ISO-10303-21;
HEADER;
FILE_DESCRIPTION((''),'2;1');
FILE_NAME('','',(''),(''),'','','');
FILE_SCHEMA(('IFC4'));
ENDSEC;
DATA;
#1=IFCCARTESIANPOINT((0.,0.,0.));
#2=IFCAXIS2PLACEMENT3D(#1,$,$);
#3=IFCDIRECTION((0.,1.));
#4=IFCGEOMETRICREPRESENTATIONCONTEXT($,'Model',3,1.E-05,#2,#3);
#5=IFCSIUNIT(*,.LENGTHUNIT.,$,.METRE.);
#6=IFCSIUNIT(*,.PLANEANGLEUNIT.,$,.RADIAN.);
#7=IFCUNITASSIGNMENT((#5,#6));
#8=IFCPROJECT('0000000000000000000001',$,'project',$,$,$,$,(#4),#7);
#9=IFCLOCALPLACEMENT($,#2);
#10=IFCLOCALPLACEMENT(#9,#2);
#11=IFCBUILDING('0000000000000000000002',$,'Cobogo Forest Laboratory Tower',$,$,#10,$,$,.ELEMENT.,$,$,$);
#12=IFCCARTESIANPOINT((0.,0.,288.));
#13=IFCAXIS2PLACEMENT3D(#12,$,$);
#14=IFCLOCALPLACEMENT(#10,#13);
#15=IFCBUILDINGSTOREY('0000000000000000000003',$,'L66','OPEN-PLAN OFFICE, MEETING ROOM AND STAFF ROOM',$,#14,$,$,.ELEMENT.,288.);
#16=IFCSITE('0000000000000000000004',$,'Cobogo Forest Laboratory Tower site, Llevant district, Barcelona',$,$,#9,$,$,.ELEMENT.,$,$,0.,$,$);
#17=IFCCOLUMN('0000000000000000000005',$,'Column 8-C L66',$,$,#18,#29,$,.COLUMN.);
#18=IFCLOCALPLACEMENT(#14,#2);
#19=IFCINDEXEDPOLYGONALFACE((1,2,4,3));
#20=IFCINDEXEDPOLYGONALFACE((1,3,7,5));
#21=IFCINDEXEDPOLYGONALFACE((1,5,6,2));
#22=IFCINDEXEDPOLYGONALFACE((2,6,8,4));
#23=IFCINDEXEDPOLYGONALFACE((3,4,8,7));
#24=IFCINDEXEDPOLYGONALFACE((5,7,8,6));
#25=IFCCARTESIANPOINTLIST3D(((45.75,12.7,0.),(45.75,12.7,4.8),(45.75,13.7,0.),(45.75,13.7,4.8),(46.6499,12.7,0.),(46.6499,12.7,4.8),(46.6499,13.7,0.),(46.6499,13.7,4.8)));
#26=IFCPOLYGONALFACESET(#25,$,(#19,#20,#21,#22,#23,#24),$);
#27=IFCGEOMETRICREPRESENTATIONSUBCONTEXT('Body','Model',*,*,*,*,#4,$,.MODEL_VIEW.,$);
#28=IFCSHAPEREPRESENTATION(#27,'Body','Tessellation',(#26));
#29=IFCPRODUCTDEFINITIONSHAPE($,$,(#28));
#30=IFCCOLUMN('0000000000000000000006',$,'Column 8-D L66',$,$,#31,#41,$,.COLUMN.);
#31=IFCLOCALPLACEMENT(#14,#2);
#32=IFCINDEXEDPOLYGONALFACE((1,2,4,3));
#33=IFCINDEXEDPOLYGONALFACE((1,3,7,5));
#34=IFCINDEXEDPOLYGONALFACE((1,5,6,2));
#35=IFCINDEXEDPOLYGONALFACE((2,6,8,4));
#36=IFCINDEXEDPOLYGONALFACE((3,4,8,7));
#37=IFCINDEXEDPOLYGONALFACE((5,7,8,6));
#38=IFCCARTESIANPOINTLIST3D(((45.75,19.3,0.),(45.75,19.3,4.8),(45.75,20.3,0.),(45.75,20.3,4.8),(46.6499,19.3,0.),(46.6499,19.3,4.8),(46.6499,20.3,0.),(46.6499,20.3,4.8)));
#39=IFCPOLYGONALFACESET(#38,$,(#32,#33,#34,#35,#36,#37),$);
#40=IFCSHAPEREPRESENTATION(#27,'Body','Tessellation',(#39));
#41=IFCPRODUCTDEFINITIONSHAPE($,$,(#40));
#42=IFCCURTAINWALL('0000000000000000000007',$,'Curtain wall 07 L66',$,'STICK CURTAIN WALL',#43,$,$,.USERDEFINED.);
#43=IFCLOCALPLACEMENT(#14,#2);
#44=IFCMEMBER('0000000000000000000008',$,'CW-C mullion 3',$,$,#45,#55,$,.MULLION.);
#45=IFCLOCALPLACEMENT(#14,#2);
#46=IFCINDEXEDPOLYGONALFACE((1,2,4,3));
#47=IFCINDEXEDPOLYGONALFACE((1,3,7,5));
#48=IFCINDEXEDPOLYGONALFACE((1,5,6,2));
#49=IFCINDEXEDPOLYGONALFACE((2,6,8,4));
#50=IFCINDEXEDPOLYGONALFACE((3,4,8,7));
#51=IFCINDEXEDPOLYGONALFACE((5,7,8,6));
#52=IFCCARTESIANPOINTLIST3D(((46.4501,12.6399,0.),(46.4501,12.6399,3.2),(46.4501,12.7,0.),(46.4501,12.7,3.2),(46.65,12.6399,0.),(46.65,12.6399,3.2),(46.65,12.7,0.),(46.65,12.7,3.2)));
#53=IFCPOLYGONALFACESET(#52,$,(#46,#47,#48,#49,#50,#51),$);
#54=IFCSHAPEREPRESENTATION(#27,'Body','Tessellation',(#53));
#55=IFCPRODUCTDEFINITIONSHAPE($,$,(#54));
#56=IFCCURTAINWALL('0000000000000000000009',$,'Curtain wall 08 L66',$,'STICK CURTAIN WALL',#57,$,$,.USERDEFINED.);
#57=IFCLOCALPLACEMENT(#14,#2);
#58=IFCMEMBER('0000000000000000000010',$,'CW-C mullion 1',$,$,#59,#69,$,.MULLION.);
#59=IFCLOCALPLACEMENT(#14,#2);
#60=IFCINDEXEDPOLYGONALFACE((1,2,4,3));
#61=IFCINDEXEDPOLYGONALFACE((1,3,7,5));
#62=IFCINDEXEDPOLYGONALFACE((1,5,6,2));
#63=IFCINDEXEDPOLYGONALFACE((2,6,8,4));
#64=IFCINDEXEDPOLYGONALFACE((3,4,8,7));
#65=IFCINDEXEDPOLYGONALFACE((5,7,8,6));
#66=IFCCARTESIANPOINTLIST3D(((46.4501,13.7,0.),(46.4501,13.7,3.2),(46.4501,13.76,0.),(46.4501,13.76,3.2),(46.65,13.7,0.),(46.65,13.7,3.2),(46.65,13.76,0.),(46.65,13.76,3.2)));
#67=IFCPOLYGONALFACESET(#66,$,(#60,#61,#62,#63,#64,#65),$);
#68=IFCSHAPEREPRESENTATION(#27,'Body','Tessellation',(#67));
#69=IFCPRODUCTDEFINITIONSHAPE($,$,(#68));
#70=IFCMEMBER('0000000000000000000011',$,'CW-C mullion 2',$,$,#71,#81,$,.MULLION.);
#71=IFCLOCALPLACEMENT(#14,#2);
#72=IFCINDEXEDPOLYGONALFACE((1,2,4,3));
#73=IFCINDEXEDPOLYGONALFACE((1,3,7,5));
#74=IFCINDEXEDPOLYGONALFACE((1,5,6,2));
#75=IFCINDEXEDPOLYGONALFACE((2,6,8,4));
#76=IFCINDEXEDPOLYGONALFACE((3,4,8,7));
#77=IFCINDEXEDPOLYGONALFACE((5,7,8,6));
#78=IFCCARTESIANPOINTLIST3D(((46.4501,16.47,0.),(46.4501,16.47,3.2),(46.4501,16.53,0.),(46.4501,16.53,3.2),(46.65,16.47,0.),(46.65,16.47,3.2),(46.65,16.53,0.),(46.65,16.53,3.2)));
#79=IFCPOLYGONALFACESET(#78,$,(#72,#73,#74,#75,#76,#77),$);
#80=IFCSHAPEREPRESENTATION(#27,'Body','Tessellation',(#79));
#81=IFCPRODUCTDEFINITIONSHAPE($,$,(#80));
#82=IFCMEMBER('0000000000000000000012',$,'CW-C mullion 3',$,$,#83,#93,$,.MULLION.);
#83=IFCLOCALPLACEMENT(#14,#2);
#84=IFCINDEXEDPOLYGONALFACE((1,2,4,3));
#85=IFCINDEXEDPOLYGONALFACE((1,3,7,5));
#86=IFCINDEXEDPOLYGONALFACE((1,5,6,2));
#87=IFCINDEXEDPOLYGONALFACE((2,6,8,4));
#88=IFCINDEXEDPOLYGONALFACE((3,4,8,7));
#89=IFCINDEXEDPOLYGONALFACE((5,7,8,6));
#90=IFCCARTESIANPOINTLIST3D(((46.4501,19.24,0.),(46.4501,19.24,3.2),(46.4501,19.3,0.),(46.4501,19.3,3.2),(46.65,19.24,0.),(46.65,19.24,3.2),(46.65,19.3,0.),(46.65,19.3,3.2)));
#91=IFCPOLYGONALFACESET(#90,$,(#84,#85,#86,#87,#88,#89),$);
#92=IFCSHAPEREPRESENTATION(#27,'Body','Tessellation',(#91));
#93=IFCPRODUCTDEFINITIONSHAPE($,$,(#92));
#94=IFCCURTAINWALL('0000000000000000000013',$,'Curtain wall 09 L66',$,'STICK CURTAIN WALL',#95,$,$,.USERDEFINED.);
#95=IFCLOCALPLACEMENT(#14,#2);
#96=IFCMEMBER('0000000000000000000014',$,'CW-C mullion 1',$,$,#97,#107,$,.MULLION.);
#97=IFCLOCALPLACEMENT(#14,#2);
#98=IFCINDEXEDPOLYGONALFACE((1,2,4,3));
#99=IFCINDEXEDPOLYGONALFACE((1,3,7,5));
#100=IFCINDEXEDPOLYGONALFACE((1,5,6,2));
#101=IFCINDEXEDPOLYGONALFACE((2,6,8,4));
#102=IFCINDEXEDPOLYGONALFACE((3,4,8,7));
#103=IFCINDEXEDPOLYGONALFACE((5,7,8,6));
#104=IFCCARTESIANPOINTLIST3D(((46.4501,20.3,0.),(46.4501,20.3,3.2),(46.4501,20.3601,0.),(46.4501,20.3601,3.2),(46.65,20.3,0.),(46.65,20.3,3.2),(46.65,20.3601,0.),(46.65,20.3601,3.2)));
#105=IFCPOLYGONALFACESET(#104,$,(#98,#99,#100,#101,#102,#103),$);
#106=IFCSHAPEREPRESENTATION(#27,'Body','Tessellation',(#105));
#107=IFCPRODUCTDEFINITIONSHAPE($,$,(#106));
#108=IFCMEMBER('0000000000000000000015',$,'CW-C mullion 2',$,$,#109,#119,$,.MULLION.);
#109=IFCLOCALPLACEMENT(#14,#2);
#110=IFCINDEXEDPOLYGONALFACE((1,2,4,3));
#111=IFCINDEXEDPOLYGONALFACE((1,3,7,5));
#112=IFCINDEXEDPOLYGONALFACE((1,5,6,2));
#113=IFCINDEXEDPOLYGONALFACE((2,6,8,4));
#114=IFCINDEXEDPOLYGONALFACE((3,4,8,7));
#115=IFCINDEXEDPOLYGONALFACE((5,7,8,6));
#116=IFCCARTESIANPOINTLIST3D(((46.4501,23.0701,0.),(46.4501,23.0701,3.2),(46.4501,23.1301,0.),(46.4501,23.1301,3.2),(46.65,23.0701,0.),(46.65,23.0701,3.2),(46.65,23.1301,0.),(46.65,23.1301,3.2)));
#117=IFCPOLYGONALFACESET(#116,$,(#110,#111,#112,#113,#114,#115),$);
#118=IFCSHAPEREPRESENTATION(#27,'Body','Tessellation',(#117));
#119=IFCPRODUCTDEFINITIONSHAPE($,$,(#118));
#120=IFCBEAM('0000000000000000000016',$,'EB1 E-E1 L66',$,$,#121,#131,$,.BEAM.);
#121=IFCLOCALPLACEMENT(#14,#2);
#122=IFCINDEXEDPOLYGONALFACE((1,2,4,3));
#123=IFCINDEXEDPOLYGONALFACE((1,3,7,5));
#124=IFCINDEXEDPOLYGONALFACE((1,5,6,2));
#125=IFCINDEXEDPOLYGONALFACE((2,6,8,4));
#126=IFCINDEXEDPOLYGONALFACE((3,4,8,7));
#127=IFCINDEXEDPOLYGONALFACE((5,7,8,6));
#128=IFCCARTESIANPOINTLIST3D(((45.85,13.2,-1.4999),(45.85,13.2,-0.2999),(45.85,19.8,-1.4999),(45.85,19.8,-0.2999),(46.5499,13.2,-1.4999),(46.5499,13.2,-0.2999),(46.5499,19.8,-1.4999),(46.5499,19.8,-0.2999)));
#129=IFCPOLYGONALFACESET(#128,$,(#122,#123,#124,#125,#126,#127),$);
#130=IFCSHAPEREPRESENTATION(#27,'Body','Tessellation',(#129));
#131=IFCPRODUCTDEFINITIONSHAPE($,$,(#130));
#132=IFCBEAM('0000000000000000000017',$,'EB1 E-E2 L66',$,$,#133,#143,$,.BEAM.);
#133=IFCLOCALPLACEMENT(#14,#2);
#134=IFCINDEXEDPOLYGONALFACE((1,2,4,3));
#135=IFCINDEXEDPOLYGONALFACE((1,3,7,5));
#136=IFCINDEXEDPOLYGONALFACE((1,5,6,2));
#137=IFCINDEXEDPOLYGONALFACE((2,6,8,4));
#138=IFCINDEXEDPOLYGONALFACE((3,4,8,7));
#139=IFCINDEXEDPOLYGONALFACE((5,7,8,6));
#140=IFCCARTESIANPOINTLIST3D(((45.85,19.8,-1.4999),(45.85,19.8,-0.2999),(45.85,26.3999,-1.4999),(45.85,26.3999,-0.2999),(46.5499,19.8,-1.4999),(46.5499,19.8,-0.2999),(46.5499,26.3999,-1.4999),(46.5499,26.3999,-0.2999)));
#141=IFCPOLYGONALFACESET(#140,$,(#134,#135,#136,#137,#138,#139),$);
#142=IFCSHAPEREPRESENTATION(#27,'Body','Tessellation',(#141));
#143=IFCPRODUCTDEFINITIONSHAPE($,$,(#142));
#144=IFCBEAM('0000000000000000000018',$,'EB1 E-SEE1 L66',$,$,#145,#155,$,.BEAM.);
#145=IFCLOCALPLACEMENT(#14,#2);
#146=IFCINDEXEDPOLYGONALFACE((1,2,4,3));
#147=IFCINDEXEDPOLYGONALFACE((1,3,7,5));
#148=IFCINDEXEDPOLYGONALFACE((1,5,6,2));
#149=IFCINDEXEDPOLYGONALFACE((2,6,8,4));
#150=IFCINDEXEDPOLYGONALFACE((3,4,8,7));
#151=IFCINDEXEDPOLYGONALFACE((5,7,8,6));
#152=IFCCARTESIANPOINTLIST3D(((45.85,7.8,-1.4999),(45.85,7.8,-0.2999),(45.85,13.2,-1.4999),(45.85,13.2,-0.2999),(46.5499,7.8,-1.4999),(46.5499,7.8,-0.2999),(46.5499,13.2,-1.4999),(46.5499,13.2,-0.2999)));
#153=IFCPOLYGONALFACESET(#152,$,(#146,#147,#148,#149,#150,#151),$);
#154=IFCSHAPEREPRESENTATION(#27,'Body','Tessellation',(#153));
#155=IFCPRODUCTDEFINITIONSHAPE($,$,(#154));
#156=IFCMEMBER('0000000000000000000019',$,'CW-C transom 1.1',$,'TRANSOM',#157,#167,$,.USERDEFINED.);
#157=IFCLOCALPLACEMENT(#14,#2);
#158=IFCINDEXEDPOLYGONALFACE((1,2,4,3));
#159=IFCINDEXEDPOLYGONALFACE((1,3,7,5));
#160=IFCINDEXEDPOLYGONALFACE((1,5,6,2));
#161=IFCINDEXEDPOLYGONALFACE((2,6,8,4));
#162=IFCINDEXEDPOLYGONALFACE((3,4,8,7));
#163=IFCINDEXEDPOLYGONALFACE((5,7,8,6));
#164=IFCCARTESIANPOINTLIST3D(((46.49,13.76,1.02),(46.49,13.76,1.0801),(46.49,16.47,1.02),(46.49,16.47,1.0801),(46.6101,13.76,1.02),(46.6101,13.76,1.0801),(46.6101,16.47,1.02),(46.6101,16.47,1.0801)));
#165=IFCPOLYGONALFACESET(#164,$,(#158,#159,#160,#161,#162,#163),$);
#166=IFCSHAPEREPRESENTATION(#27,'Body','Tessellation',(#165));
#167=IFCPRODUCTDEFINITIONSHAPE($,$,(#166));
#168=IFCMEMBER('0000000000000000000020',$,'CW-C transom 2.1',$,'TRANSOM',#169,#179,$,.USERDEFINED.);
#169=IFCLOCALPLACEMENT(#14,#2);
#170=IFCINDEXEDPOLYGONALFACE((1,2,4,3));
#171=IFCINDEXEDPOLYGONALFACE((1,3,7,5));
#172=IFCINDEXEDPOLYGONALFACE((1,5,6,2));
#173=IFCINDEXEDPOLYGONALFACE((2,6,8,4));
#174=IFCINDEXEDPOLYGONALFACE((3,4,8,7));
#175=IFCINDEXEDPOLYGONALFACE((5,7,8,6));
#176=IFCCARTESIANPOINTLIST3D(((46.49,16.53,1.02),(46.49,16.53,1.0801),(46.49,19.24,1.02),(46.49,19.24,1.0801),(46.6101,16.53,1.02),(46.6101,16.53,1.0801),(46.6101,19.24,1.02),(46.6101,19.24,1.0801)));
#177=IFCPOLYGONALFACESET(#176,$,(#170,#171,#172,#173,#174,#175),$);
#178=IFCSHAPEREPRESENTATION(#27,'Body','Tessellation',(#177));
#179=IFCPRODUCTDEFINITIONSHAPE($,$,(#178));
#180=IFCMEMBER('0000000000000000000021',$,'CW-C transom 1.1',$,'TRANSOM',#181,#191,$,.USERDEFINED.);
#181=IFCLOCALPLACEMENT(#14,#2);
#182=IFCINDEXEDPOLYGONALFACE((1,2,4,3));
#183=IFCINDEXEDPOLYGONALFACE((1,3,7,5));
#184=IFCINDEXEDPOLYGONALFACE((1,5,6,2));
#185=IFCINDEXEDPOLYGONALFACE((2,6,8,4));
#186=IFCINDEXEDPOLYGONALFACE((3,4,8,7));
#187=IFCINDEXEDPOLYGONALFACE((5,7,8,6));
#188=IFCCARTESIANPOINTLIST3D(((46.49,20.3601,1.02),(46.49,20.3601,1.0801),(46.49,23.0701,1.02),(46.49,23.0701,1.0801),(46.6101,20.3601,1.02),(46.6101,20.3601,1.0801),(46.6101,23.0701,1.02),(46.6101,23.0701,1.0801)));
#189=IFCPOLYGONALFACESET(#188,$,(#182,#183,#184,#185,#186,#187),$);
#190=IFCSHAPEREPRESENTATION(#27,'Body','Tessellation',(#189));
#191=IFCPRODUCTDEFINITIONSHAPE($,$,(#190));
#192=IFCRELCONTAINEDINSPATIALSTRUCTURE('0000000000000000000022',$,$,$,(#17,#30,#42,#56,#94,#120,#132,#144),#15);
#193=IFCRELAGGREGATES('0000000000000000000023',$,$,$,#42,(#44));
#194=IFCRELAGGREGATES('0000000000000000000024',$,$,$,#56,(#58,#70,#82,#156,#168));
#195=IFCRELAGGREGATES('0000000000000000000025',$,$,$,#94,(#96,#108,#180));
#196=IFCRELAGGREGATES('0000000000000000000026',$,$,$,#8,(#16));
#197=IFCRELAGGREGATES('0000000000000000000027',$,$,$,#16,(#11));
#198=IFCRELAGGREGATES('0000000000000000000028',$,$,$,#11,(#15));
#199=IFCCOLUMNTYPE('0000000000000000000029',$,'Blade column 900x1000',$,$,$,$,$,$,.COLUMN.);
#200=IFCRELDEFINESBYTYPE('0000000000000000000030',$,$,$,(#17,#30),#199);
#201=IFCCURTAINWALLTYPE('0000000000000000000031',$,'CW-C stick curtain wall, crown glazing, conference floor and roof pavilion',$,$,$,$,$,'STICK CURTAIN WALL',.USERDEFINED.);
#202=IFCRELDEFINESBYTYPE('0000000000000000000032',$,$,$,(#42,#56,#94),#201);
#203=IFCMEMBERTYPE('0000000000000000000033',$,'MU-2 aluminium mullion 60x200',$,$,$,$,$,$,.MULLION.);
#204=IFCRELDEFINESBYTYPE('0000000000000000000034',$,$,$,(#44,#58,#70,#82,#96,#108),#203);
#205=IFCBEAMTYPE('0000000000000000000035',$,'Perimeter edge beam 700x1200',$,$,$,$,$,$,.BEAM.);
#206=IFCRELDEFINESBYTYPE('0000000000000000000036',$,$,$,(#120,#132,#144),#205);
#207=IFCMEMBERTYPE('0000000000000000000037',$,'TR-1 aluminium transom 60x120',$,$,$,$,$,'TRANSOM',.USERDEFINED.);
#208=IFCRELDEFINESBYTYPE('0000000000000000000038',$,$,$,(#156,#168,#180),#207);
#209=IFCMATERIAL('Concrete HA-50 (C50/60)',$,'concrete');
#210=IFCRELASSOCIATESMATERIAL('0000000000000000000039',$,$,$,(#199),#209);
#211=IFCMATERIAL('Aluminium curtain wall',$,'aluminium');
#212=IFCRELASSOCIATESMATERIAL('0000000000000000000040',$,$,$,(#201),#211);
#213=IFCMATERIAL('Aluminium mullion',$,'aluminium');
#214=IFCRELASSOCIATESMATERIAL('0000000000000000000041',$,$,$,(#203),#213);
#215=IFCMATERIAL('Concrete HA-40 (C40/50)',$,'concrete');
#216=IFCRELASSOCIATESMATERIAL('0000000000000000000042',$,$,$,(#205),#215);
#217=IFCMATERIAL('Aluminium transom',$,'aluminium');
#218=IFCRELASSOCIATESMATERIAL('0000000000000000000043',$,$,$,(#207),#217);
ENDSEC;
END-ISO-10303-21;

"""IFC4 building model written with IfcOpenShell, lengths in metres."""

from ifc_helpers import new_model, si_unit, direction, frame, origin, origin_2d, place, context, subcontext, project, spatial, rectangle, extrude, material, material_profile, profile_set, type_object, element, aggregate, save


model = new_model("IFC4")

# Units and contexts
model_context = context("Model", 3, precision=1e-05, world=origin(), true_north=direction((0.0, 1.0)))
body_context = subcontext(model_context, "Body", "Model", "MODEL_VIEW")
ifc_project = project(units=[si_unit("LENGTHUNIT", "METRE"), si_unit("PLANEANGLEUNIT", "RADIAN")], contexts=[model_context])

# Site, building, storey
site_placement = place(None, origin())
site = spatial("IfcSite", under=ifc_project, at=site_placement, Name="Cobogo Forest Laboratory Tower site, Llevant district, Barcelona", CompositionType="ELEMENT", RefElevation=0.0)
building_placement = place(site_placement, origin())
building = spatial("IfcBuilding", under=site, at=building_placement, Name="Cobogo Forest Laboratory Tower", CompositionType="ELEMENT")
storey_placement = place(building_placement, frame((0.0, 0.0, 288.0)))
storey = spatial("IfcBuildingStorey", under=building, at=storey_placement, Name="L66", Description="OPEN-PLAN OFFICE, MEETING ROOM AND STAFF ROOM", CompositionType="ELEMENT", Elevation=288.0)

# Columns
ifc_material_1 = material(Name="Concrete HA-50 (C50/60)", Category="concrete")
ifc_material_profile_1 = material_profile(ifc_material_1, rectangle(XDim=1.0, YDim=0.8999, at=origin_2d()), Name="RC 900x1000")
ifc_profile_set_1 = profile_set([ifc_material_profile_1], Name="Concrete HA-50 (C50/60)")
column_type = type_object("IfcColumnType", Name="Blade column 900x1000", PredefinedType="COLUMN", material=ifc_profile_set_1)
for number, where, z_axis, x_axis, name in (
    (1, (46.2, 13.2, 0.0), (0.0, 0.0, 1.0), (0.0, 1.0, 0.0), "Column 8-C L66"),
    (2, (46.2, 19.8, 0.0), (0.0, 0.0, 1.0), (0.0, 1.0, 0.0), "Column 8-D L66"),
):
    element("IfcColumn", number, at=place(storey_placement, frame(where, z_axis=z_axis, x_axis=x_axis)), inside=storey, type_object=column_type, Name=name, PredefinedType="COLUMN", context=body_context, shape_type="SweptSolid", body=[
        extrude(rectangle(XDim=1.0, YDim=0.8999, at=origin_2d()), origin(), (0.0, 0.0, 1.0), 4.8),
    ])

# Curtain wall, member
ifc_material_2 = material(Name="Aluminium curtain wall", Category="aluminium")
curtain_wall_type = type_object("IfcCurtainWallType", Name="CW-C stick curtain wall, crown glazing, conference floor and roof pavilion", ElementType="STICK CURTAIN WALL", PredefinedType="USERDEFINED", material=ifc_material_2)
curtain_wall_1_placement = place(storey_placement, origin())
curtain_wall_1 = element("IfcCurtainWall", 3, at=curtain_wall_1_placement, inside=storey, type_object=curtain_wall_type, Name="Curtain wall 07 L66", ObjectType="STICK CURTAIN WALL", PredefinedType="USERDEFINED")
ifc_material_3 = material(Name="Aluminium mullion", Category="aluminium")
ifc_material_profile_2 = material_profile(ifc_material_3, rectangle(XDim=0.0601, YDim=0.2, at=origin_2d()), Name="AL 60x200")
ifc_profile_set_2 = profile_set([ifc_material_profile_2], Name="Aluminium mullion")
member_type_1 = type_object("IfcMemberType", Name="MU-2 aluminium mullion 60x200", PredefinedType="MULLION", material=ifc_profile_set_2)
member_1_placement = place(storey_placement, frame((46.55, 12.6699, 0.0), z_axis=(0.0, 0.0, 1.0), x_axis=(0.0, 1.0, 0.0)))
member_1 = element("IfcMember", 4, at=member_1_placement, type_object=member_type_1, Name="CW-C mullion 3", PredefinedType="MULLION", context=body_context, shape_type="SweptSolid", body=[
    extrude(rectangle(XDim=0.0601, YDim=0.2, at=origin_2d()), origin(), (0.0, 0.0, 1.0), 3.2),
])
aggregate(curtain_wall_1, [member_1])

# Curtain walls, members
curtain_wall_2_placement = place(storey_placement, origin())
curtain_wall_2 = element("IfcCurtainWall", 5, at=curtain_wall_2_placement, inside=storey, type_object=curtain_wall_type, Name="Curtain wall 08 L66", ObjectType="STICK CURTAIN WALL", PredefinedType="USERDEFINED")
member_2_placement = place(storey_placement, frame((46.55, 13.73, 0.0), z_axis=(0.0, 0.0, 1.0), x_axis=(0.0, 1.0, 0.0)))
member_2 = element("IfcMember", 6, at=member_2_placement, type_object=member_type_1, Name="CW-C mullion 1", PredefinedType="MULLION", context=body_context, shape_type="SweptSolid", body=[
    extrude(rectangle(XDim=0.0601, YDim=0.2, at=origin_2d()), origin(), (0.0, 0.0, 1.0), 3.2),
])
member_3_placement = place(storey_placement, frame((46.55, 16.5, 0.0), z_axis=(0.0, 0.0, 1.0), x_axis=(0.0, 1.0, 0.0)))
member_3 = element("IfcMember", 7, at=member_3_placement, type_object=member_type_1, Name="CW-C mullion 2", PredefinedType="MULLION", context=body_context, shape_type="SweptSolid", body=[
    extrude(rectangle(XDim=0.0601, YDim=0.2, at=origin_2d()), origin(), (0.0, 0.0, 1.0), 3.2),
])
member_4_placement = place(storey_placement, frame((46.55, 19.27, 0.0), z_axis=(0.0, 0.0, 1.0), x_axis=(0.0, 1.0, 0.0)))
member_4 = element("IfcMember", 8, at=member_4_placement, type_object=member_type_1, Name="CW-C mullion 3", PredefinedType="MULLION", context=body_context, shape_type="SweptSolid", body=[
    extrude(rectangle(XDim=0.0601, YDim=0.2, at=origin_2d()), origin(), (0.0, 0.0, 1.0), 3.2),
])
curtain_wall_3_placement = place(storey_placement, origin())
curtain_wall_3 = element("IfcCurtainWall", 9, at=curtain_wall_3_placement, inside=storey, type_object=curtain_wall_type, Name="Curtain wall 09 L66", ObjectType="STICK CURTAIN WALL", PredefinedType="USERDEFINED")
member_5_placement = place(storey_placement, frame((46.55, 20.3301, 0.0), z_axis=(0.0, 0.0, 1.0), x_axis=(0.0, 1.0, 0.0)))
member_5 = element("IfcMember", 10, at=member_5_placement, type_object=member_type_1, Name="CW-C mullion 1", PredefinedType="MULLION", context=body_context, shape_type="SweptSolid", body=[
    extrude(rectangle(XDim=0.0601, YDim=0.2, at=origin_2d()), origin(), (0.0, 0.0, 1.0), 3.2),
])
member_6_placement = place(storey_placement, frame((46.55, 23.1001, 0.0), z_axis=(0.0, 0.0, 1.0), x_axis=(0.0, 1.0, 0.0)))
member_6 = element("IfcMember", 11, at=member_6_placement, type_object=member_type_1, Name="CW-C mullion 2", PredefinedType="MULLION", context=body_context, shape_type="SweptSolid", body=[
    extrude(rectangle(XDim=0.0601, YDim=0.2, at=origin_2d()), origin(), (0.0, 0.0, 1.0), 3.2),
])

# Beams
ifc_material_4 = material(Name="Concrete HA-40 (C40/50)", Category="concrete")
ifc_material_profile_3 = material_profile(ifc_material_4, rectangle(XDim=0.7, YDim=1.2, at=origin_2d()), Name="RC 700x1200")
ifc_profile_set_3 = profile_set([ifc_material_profile_3], Name="Concrete HA-40 (C40/50)")
beam_type = type_object("IfcBeamType", Name="Perimeter edge beam 700x1200", PredefinedType="BEAM", material=ifc_profile_set_3)
beam_1_placement = place(storey_placement, frame((46.2, 13.2, -0.8999), z_axis=(0.0, 1.0, 0.0), x_axis=(-1.0, 0.0, 0.0)))
element("IfcBeam", 12, at=beam_1_placement, inside=storey, type_object=beam_type, Name="EB1 E-E1 L66", PredefinedType="BEAM", context=body_context, shape_type="SweptSolid", body=[
    extrude(rectangle(XDim=0.7, YDim=1.2, at=origin_2d()), origin(), (0.0, 0.0, 1.0), 6.6001),
])
beam_2_placement = place(storey_placement, frame((46.2, 19.8, -0.8999), z_axis=(0.0, 1.0, 0.0), x_axis=(-1.0, 0.0, 0.0)))
element("IfcBeam", 13, at=beam_2_placement, inside=storey, type_object=beam_type, Name="EB1 E-E2 L66", PredefinedType="BEAM", context=body_context, shape_type="SweptSolid", body=[
    extrude(rectangle(XDim=0.7, YDim=1.2, at=origin_2d()), origin(), (0.0, 0.0, 1.0), 6.5999),
])
beam_3_placement = place(storey_placement, frame((46.2, 13.2, -0.8999), z_axis=(0.0, -1.0, 0.0), x_axis=(1.0, 0.0, 0.0)))
element("IfcBeam", 14, at=beam_3_placement, inside=storey, type_object=beam_type, Name="EB1 E-SEE1 L66", PredefinedType="BEAM", context=body_context, shape_type="SweptSolid", body=[
    extrude(rectangle(XDim=0.7, YDim=1.2, at=origin_2d()), origin(), (0.0, 0.0, 1.0), 5.3999),
])

# Members
ifc_material_5 = material(Name="Aluminium transom", Category="aluminium")
ifc_material_profile_4 = material_profile(ifc_material_5, rectangle(XDim=0.1201, YDim=0.0601, at=origin_2d()), Name="AL 60x120")
ifc_profile_set_4 = profile_set([ifc_material_profile_4], Name="Aluminium transom")
member_type_2 = type_object("IfcMemberType", Name="TR-1 aluminium transom 60x120", ElementType="TRANSOM", PredefinedType="USERDEFINED", material=ifc_profile_set_4)
member_7_placement = place(storey_placement, frame((46.55, 13.76, 1.05), z_axis=(0.0, 1.0, 0.0), x_axis=(-1.0, 0.0, 0.0)))
member_7 = element("IfcMember", 15, at=member_7_placement, type_object=member_type_2, Name="CW-C transom 1.1", ObjectType="TRANSOM", PredefinedType="USERDEFINED", context=body_context, shape_type="SweptSolid", body=[
    extrude(rectangle(XDim=0.1201, YDim=0.0601, at=origin_2d()), origin(), (0.0, 0.0, 1.0), 2.71),
])
member_8_placement = place(storey_placement, frame((46.55, 16.53, 1.05), z_axis=(0.0, 1.0, 0.0), x_axis=(-1.0, 0.0, 0.0)))
member_8 = element("IfcMember", 16, at=member_8_placement, type_object=member_type_2, Name="CW-C transom 2.1", ObjectType="TRANSOM", PredefinedType="USERDEFINED", context=body_context, shape_type="SweptSolid", body=[
    extrude(rectangle(XDim=0.1201, YDim=0.0601, at=origin_2d()), origin(), (0.0, 0.0, 1.0), 2.71),
])
member_9_placement = place(storey_placement, frame((46.55, 20.3601, 1.05), z_axis=(0.0, 1.0, 0.0), x_axis=(-1.0, 0.0, 0.0)))
member_9 = element("IfcMember", 17, at=member_9_placement, type_object=member_type_2, Name="CW-C transom 1.1", ObjectType="TRANSOM", PredefinedType="USERDEFINED", context=body_context, shape_type="SweptSolid", body=[
    extrude(rectangle(XDim=0.1201, YDim=0.0601, at=origin_2d()), origin(), (0.0, 0.0, 1.0), 2.71),
])

aggregate(curtain_wall_2, [member_2, member_3, member_4, member_7, member_8])
aggregate(curtain_wall_3, [member_5, member_6, member_9])

save(model, "model.ifc")
